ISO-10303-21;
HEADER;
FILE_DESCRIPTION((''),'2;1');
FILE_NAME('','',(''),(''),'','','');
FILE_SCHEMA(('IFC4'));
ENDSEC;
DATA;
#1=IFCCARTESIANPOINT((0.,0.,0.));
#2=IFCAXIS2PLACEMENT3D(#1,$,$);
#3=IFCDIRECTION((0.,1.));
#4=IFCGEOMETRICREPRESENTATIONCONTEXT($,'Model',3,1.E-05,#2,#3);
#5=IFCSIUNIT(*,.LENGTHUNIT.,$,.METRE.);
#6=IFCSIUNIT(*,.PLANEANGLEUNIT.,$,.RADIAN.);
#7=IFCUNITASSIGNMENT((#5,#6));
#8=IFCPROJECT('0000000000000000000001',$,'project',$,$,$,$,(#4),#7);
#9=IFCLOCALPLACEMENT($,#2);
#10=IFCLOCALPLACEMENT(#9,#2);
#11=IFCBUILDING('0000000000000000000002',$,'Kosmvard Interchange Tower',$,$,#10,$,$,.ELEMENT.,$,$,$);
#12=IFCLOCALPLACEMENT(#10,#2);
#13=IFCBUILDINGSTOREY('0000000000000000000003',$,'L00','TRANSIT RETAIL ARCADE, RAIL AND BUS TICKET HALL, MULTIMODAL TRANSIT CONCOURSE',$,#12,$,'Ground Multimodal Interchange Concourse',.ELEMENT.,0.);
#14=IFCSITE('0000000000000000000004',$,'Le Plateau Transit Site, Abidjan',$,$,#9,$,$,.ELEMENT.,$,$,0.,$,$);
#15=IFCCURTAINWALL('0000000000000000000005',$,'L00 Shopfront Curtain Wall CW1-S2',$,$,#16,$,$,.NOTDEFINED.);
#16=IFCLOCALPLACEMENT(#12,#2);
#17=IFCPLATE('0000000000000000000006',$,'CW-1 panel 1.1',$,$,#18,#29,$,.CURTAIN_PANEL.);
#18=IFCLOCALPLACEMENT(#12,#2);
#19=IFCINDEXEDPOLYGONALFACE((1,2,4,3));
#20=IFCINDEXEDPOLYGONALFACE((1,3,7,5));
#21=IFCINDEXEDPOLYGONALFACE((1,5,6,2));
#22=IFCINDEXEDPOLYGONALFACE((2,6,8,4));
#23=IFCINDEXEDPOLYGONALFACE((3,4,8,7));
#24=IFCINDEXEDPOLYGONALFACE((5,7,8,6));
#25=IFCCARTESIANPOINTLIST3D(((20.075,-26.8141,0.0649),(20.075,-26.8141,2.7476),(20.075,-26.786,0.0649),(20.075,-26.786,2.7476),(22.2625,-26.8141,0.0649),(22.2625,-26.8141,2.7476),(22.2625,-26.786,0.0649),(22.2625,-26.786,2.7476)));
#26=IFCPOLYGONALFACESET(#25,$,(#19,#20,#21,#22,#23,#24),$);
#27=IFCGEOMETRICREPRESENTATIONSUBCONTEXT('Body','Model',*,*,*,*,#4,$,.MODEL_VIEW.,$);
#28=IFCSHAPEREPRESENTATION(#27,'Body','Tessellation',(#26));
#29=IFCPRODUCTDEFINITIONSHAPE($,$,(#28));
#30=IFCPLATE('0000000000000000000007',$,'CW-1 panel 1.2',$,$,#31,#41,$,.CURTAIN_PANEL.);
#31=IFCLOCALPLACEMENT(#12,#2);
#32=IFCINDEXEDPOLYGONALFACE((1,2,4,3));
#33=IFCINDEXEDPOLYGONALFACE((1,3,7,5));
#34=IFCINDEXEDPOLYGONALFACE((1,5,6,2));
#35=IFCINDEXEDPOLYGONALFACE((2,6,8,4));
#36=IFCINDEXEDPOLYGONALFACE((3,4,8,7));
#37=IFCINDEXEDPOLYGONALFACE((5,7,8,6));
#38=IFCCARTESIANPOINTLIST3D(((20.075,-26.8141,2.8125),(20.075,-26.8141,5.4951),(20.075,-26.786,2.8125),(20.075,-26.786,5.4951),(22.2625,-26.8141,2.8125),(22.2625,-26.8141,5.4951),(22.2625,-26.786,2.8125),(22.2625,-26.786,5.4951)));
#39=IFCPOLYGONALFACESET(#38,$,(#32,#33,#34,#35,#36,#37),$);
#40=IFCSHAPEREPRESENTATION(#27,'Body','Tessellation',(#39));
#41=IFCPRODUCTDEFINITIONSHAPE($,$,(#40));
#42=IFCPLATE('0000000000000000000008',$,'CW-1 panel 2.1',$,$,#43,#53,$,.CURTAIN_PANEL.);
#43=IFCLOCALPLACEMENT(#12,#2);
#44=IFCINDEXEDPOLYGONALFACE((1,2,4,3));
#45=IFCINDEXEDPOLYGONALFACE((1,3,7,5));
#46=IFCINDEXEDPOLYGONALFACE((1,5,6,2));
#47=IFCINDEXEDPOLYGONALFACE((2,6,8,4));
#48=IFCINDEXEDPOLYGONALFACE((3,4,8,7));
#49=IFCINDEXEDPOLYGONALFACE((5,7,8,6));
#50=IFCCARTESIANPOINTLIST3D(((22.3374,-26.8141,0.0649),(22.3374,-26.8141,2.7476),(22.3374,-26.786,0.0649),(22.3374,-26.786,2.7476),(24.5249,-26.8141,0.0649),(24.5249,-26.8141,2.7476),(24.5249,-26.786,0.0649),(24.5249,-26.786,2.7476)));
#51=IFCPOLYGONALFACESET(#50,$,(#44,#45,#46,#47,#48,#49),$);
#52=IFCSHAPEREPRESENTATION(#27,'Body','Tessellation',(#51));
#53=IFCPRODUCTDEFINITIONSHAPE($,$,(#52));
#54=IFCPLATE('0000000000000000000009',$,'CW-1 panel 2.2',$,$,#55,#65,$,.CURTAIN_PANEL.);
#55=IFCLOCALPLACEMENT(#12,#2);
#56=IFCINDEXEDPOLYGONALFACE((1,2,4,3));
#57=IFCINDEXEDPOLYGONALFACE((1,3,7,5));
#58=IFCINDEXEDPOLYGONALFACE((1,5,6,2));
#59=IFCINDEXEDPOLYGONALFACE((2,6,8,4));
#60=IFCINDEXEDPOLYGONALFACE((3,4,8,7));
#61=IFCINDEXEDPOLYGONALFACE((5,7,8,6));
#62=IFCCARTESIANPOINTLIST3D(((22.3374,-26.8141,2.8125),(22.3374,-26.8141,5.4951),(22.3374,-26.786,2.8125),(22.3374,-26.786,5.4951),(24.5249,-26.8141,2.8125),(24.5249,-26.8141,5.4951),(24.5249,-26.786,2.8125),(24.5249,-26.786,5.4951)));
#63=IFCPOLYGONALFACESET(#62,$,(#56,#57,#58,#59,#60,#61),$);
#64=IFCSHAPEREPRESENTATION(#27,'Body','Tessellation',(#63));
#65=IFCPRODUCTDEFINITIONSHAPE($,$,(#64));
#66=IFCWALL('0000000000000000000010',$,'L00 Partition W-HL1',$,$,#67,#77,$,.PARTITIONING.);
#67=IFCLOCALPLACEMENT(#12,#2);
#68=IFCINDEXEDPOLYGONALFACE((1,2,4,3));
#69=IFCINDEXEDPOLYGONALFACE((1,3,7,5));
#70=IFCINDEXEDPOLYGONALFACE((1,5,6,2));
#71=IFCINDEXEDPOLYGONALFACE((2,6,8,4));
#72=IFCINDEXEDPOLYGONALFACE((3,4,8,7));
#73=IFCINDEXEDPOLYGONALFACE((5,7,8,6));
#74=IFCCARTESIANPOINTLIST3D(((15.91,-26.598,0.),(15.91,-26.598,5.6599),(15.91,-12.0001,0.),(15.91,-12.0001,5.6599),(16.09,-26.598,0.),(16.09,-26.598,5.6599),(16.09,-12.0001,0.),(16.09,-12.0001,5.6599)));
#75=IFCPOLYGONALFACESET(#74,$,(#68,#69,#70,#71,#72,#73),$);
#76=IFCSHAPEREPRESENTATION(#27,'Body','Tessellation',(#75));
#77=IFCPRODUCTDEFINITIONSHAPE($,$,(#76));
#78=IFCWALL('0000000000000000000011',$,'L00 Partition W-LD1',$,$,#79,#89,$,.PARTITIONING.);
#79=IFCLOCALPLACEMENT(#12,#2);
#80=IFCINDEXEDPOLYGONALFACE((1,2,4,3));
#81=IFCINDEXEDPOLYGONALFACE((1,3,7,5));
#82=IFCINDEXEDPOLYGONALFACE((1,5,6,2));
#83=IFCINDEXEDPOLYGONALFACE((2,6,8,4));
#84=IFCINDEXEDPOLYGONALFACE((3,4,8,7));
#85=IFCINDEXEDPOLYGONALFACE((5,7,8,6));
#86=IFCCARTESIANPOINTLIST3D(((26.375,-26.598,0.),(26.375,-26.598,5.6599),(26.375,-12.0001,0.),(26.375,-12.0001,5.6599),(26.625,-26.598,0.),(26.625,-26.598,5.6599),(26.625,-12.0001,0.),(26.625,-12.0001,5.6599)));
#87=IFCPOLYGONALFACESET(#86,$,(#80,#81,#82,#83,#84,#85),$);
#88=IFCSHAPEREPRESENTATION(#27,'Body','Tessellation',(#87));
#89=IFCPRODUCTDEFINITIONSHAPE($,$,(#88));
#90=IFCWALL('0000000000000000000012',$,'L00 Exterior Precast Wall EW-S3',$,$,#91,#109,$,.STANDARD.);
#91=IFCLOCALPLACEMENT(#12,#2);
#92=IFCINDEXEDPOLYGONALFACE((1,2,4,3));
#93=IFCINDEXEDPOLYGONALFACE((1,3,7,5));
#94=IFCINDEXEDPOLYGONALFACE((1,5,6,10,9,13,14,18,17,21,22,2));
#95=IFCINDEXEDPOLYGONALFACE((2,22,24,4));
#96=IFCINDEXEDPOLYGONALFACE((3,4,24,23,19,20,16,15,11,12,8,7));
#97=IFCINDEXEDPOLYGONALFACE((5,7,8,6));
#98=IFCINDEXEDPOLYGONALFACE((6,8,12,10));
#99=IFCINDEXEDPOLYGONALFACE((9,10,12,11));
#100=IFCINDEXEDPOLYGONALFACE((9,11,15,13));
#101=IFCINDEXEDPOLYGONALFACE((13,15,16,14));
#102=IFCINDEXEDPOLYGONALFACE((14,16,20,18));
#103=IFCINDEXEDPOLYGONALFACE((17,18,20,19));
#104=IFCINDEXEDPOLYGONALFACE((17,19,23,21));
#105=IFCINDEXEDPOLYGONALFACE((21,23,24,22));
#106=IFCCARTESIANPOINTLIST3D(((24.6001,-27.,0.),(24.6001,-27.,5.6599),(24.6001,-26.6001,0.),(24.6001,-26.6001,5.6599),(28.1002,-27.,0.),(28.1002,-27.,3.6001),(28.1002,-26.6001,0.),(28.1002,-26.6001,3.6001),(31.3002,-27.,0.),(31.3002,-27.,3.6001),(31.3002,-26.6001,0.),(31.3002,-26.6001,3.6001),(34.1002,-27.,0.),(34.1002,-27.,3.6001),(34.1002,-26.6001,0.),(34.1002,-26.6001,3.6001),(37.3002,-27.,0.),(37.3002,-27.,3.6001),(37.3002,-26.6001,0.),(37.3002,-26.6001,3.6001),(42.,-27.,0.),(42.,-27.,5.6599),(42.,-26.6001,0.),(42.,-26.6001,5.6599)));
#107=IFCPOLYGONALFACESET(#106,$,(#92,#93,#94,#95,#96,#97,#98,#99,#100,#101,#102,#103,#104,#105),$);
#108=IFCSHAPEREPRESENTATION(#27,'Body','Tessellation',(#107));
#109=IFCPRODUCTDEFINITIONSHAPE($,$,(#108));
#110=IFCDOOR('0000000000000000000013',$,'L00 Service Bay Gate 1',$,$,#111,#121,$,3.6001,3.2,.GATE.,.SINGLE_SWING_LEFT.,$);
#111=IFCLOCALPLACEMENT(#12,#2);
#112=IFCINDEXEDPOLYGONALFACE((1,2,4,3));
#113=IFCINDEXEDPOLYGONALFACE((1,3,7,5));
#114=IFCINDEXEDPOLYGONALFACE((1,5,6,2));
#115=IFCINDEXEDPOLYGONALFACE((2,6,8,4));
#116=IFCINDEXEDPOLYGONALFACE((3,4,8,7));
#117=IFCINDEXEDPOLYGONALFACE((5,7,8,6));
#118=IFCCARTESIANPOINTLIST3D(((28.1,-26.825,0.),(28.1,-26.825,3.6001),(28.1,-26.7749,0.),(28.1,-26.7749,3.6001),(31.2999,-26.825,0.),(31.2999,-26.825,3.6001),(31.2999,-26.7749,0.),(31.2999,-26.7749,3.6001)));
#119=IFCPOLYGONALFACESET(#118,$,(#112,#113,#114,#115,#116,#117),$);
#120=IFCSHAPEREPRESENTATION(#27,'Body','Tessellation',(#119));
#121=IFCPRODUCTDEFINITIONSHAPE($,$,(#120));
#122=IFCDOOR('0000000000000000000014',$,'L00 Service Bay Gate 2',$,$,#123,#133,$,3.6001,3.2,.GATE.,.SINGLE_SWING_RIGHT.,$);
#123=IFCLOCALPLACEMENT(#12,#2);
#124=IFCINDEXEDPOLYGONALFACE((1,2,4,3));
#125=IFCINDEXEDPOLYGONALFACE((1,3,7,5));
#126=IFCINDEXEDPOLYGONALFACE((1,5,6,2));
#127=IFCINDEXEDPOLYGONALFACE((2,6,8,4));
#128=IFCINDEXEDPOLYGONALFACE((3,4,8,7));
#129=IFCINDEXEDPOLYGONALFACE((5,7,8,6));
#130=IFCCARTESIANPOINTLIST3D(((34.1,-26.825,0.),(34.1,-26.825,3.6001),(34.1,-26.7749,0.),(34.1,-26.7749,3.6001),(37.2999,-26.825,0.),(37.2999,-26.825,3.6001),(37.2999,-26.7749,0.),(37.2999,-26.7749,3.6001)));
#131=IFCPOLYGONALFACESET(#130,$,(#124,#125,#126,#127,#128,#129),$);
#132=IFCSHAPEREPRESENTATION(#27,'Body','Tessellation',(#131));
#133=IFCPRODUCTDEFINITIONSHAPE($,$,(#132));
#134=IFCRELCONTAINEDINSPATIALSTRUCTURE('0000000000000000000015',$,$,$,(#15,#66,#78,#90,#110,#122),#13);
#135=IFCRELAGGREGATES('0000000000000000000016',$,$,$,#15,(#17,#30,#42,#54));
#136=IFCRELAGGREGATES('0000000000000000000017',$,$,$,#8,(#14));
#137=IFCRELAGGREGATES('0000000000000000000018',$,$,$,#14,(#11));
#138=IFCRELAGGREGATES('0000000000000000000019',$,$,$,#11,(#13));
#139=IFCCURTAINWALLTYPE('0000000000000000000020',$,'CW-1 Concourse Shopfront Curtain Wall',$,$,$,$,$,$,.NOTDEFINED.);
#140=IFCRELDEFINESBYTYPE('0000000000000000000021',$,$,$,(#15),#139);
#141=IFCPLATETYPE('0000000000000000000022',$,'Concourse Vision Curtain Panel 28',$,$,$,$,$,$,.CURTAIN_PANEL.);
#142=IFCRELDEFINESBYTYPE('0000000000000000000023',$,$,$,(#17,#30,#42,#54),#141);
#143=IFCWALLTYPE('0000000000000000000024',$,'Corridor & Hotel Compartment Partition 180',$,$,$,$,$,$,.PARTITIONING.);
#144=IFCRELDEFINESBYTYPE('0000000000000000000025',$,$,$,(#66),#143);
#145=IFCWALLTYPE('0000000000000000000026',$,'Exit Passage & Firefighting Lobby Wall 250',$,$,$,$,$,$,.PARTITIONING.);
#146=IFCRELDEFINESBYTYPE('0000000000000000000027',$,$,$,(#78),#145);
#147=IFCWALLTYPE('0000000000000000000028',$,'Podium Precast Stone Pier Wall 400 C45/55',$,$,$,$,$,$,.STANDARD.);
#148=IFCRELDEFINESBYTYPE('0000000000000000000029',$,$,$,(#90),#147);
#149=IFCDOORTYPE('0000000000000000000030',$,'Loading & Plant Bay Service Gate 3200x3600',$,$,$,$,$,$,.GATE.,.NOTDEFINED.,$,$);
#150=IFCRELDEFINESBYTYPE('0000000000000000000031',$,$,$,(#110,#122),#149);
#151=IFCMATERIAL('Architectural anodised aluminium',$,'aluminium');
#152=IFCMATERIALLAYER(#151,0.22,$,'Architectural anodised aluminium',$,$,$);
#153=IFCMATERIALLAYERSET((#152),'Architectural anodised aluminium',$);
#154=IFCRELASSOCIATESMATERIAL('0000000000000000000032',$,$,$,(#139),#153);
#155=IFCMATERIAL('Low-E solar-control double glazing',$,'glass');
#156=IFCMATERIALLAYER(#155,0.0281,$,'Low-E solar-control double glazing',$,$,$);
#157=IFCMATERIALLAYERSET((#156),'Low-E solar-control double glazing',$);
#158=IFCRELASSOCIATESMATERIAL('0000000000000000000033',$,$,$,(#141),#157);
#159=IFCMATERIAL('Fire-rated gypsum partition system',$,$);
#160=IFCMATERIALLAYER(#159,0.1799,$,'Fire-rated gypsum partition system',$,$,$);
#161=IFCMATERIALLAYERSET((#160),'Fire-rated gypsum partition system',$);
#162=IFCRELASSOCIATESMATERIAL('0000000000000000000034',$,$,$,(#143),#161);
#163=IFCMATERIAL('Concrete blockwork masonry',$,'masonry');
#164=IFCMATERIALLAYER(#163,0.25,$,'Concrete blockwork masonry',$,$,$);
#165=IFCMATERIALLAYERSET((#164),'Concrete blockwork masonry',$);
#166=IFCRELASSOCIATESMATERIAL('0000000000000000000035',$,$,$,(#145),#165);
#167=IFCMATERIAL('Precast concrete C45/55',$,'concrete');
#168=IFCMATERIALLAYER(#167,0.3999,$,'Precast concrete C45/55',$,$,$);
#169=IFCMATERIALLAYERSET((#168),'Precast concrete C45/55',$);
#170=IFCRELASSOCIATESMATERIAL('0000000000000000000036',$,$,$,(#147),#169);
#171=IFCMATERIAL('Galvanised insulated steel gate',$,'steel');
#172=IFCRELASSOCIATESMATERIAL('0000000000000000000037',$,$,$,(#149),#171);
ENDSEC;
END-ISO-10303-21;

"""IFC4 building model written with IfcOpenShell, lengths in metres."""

from ifc_helpers import new_model, si_unit, direction, frame, frame_2d, origin, origin_2d, place, context, subcontext, project, spatial, rectangle, extrude, source, transform, mapped, material, layer, layer_set, type_object, element, fill, aggregate, save


model = new_model("IFC4")

# Units and contexts
model_context = context("Model", 3, precision=1e-05, world=origin(), true_north=direction((0.0, 1.0)))
body_context = subcontext(model_context, "Body", "Model", "MODEL_VIEW")
ifc_project = project(units=[si_unit("LENGTHUNIT", "METRE"), si_unit("PLANEANGLEUNIT", "RADIAN")], contexts=[model_context])

# Site, building, storey
site_placement = place(None, origin())
site = spatial("IfcSite", under=ifc_project, at=site_placement, Name="Le Plateau Transit Site, Abidjan", CompositionType="ELEMENT", RefElevation=0.0)
building_placement = place(site_placement, origin())
building = spatial("IfcBuilding", under=site, at=building_placement, Name="Kosmvard Interchange Tower", CompositionType="ELEMENT")
storey_placement = place(building_placement, origin())
storey = spatial("IfcBuildingStorey", under=building, at=storey_placement, Name="L00", Description="TRANSIT RETAIL ARCADE, RAIL AND BUS TICKET HALL, MULTIMODAL TRANSIT CONCOURSE", LongName="Ground Multimodal Interchange Concourse", CompositionType="ELEMENT", Elevation=0.0)

# Curtain wall
ifc_material_1 = material(Name="Architectural anodised aluminium", Category="aluminium")
ifc_layer_1 = layer(ifc_material_1, 0.22, Name="Architectural anodised aluminium")
ifc_layer_set_1 = layer_set([ifc_layer_1], Name="Architectural anodised aluminium")
curtain_wall_type = type_object("IfcCurtainWallType", Name="CW-1 Concourse Shopfront Curtain Wall", PredefinedType="NOTDEFINED", material=ifc_layer_set_1)
curtain_wall_placement = place(storey_placement, origin())
curtain_wall = element("IfcCurtainWall", 1, at=curtain_wall_placement, inside=storey, type_object=curtain_wall_type, Name="L00 Shopfront Curtain Wall CW1-S2", PredefinedType="NOTDEFINED")

# Plates
ifc_material_2 = material(Name="Low-E solar-control double glazing", Category="glass")
ifc_layer_2 = layer(ifc_material_2, 0.0281, Name="Low-E solar-control double glazing")
ifc_layer_set_2 = layer_set([ifc_layer_2], Name="Low-E solar-control double glazing")
plate_type_1 = type_object("IfcPlateType", Name="Concourse Vision Curtain Panel 28", PredefinedType="CURTAIN_PANEL", material=ifc_layer_set_2)
shared_shape_1 = source(origin(), body_context, "Body", "SweptSolid", [
    extrude(rectangle(XDim=2.1875, YDim=0.0281, at=origin_2d()), origin(), (0.0, 0.0, 1.0), 2.6826),
])
plate_1_placement = place(storey_placement, frame((21.1687, -26.8, 0.0649), z_axis=(0.0, 0.0, 1.0), x_axis=(1.0, 0.0, 0.0)))
plate_1 = element("IfcPlate", 2, at=plate_1_placement, type_object=plate_type_1, Name="CW-1 panel 1.1", PredefinedType="CURTAIN_PANEL", context=body_context, shape_type="MappedRepresentation", body=[
    mapped(shared_shape_1, transform((0.0, 0.0, 0.0), scale=1.0)),
])
plate_2_placement = place(storey_placement, frame((21.1687, -26.8, 2.8125), z_axis=(0.0, 0.0, 1.0), x_axis=(1.0, 0.0, 0.0)))
plate_2 = element("IfcPlate", 3, at=plate_2_placement, type_object=plate_type_1, Name="CW-1 panel 1.2", PredefinedType="CURTAIN_PANEL", context=body_context, shape_type="MappedRepresentation", body=[
    mapped(shared_shape_1, transform((0.0, 0.0, 0.0), scale=1.0)),
])
plate_3_placement = place(storey_placement, frame((23.4312, -26.8, 0.0649), z_axis=(0.0, 0.0, 1.0), x_axis=(1.0, 0.0, 0.0)))
plate_3 = element("IfcPlate", 4, at=plate_3_placement, type_object=plate_type_1, Name="CW-1 panel 2.1", PredefinedType="CURTAIN_PANEL", context=body_context, shape_type="MappedRepresentation", body=[
    mapped(shared_shape_1, transform((0.0, 0.0, 0.0), scale=1.0)),
])
plate_4_placement = place(storey_placement, frame((23.4312, -26.8, 2.8125), z_axis=(0.0, 0.0, 1.0), x_axis=(1.0, 0.0, 0.0)))
plate_4 = element("IfcPlate", 5, at=plate_4_placement, type_object=plate_type_1, Name="CW-1 panel 2.2", PredefinedType="CURTAIN_PANEL", context=body_context, shape_type="MappedRepresentation", body=[
    mapped(shared_shape_1, transform((0.0, 0.0, 0.0), scale=1.0)),
])
aggregate(curtain_wall, [plate_1, plate_2, plate_3, plate_4])

# Walls
ifc_material_3 = material(Name="Fire-rated gypsum partition system")
ifc_layer_3 = layer(ifc_material_3, 0.1799, Name="Fire-rated gypsum partition system")
ifc_layer_set_3 = layer_set([ifc_layer_3], Name="Fire-rated gypsum partition system")
wall_type_1 = type_object("IfcWallType", Name="Corridor & Hotel Compartment Partition 180", PredefinedType="PARTITIONING", material=ifc_layer_set_3)
wall_1_placement = place(storey_placement, frame((16.0, -26.5979, 0.0), z_axis=(0.0, 0.0, 1.0), x_axis=(0.0, 1.0, 0.0)))
element("IfcWall", 6, at=wall_1_placement, inside=storey, type_object=wall_type_1, Name="L00 Partition W-HL1", PredefinedType="PARTITIONING", context=body_context, shape_type="SweptSolid", body=[
    extrude(rectangle(XDim=14.5979, YDim=0.1799, at=frame_2d((7.2988, 0.0))), origin(), (0.0, 0.0, 1.0), 5.6599),
])
ifc_material_4 = material(Name="Concrete blockwork masonry", Category="masonry")
ifc_layer_4 = layer(ifc_material_4, 0.25, Name="Concrete blockwork masonry")
ifc_layer_set_4 = layer_set([ifc_layer_4], Name="Concrete blockwork masonry")
wall_type_2 = type_object("IfcWallType", Name="Exit Passage & Firefighting Lobby Wall 250", PredefinedType="PARTITIONING", material=ifc_layer_set_4)
wall_2_placement = place(storey_placement, frame((26.5, -26.5979, 0.0), z_axis=(0.0, 0.0, 1.0), x_axis=(0.0, 1.0, 0.0)))
element("IfcWall", 7, at=wall_2_placement, inside=storey, type_object=wall_type_2, Name="L00 Partition W-LD1", PredefinedType="PARTITIONING", context=body_context, shape_type="SweptSolid", body=[
    extrude(rectangle(XDim=14.5979, YDim=0.25, at=frame_2d((7.2988, 0.0))), origin(), (0.0, 0.0, 1.0), 5.6599),
])

# Wall, openings, doors
ifc_material_5 = material(Name="Precast concrete C45/55", Category="concrete")
ifc_layer_5 = layer(ifc_material_5, 0.3999, Name="Precast concrete C45/55")
ifc_layer_set_5 = layer_set([ifc_layer_5], Name="Precast concrete C45/55")
wall_type_3 = type_object("IfcWallType", Name="Podium Precast Stone Pier Wall 400 C45/55", PredefinedType="STANDARD", material=ifc_layer_set_5)
wall_3_placement = place(storey_placement, frame((24.6001, -26.8, 0.0), z_axis=(0.0, 0.0, 1.0), x_axis=(1.0, 0.0, 0.0)))
wall_3 = element("IfcWall", 8, at=wall_3_placement, inside=storey, type_object=wall_type_3, Name="L00 Exterior Precast Wall EW-S3", PredefinedType="STANDARD", context=body_context, shape_type="SweptSolid", body=[
    extrude(rectangle(XDim=17.3999, YDim=0.3999, at=frame_2d((8.7, 0.0))), origin(), (0.0, 0.0, 1.0), 5.6599),
])
opening_1_placement = place(wall_3_placement, frame((3.5, 0.0, 0.0)))
opening_1 = element("IfcOpeningElement", 9, at=opening_1_placement, cuts=wall_3, PredefinedType="OPENING", context=body_context, shape_type="SweptSolid", body=[
    extrude(rectangle(XDim=3.2, YDim=3.6001, at=frame_2d((1.6001, 1.8))), frame((0.0, 0.21, 0.0), z_axis=(0.0, -1.0, 0.0), x_axis=(1.0, 0.0, 0.0)), (0.0, 0.0, 1.0), 0.4199),
])
opening_2_placement = place(wall_3_placement, frame((9.5, 0.0, 0.0)))
opening_2 = element("IfcOpeningElement", 10, at=opening_2_placement, cuts=wall_3, PredefinedType="OPENING", context=body_context, shape_type="SweptSolid", body=[
    extrude(rectangle(XDim=3.2, YDim=3.6001, at=frame_2d((1.6001, 1.8))), frame((0.0, 0.21, 0.0), z_axis=(0.0, -1.0, 0.0), x_axis=(1.0, 0.0, 0.0)), (0.0, 0.0, 1.0), 0.4199),
])
ifc_material_6 = material(Name="Galvanised insulated steel gate", Category="steel")
door_type = type_object("IfcDoorType", Name="Loading & Plant Bay Service Gate 3200x3600", OperationType="NOTDEFINED", PredefinedType="GATE", material=ifc_material_6)
shared_shape_2 = source(origin(), body_context, "Body", "SweptSolid", [
    extrude(rectangle(XDim=3.2, YDim=3.6001, at=frame_2d((1.6001, 1.8))), frame((0.0, 0.0249, 0.0), z_axis=(0.0, -1.0, 0.0), x_axis=(1.0, 0.0, 0.0)), (0.0, 0.0, 1.0), 0.05),
])
door_1_placement = place(opening_1_placement, frame((3.2, 0.0, 0.0), z_axis=(0.0, 0.0, 1.0), x_axis=(-1.0, 0.0, 0.0)))
door_1 = element("IfcDoor", 11, at=door_1_placement, inside=storey, type_object=door_type, Name="L00 Service Bay Gate 1", OperationType="SINGLE_SWING_LEFT", OverallHeight=3.6001, OverallWidth=3.2, PredefinedType="GATE", context=body_context, shape_type="MappedRepresentation", body=[
    mapped(shared_shape_2, transform((0.0, 0.0, 0.0), scale=1.0)),
])
fill(opening_1, door_1)
door_2_placement = place(opening_2_placement, frame((3.2, 0.0, 0.0), z_axis=(0.0, 0.0, 1.0), x_axis=(-1.0, 0.0, 0.0)))
door_2 = element("IfcDoor", 12, at=door_2_placement, inside=storey, type_object=door_type, Name="L00 Service Bay Gate 2", OperationType="SINGLE_SWING_RIGHT", OverallHeight=3.6001, OverallWidth=3.2, PredefinedType="GATE", context=body_context, shape_type="MappedRepresentation", body=[
    mapped(shared_shape_2, transform((0.0, 0.0, 0.0), scale=1.0)),
])
fill(opening_2, door_2)

save(model, "model.ifc")
